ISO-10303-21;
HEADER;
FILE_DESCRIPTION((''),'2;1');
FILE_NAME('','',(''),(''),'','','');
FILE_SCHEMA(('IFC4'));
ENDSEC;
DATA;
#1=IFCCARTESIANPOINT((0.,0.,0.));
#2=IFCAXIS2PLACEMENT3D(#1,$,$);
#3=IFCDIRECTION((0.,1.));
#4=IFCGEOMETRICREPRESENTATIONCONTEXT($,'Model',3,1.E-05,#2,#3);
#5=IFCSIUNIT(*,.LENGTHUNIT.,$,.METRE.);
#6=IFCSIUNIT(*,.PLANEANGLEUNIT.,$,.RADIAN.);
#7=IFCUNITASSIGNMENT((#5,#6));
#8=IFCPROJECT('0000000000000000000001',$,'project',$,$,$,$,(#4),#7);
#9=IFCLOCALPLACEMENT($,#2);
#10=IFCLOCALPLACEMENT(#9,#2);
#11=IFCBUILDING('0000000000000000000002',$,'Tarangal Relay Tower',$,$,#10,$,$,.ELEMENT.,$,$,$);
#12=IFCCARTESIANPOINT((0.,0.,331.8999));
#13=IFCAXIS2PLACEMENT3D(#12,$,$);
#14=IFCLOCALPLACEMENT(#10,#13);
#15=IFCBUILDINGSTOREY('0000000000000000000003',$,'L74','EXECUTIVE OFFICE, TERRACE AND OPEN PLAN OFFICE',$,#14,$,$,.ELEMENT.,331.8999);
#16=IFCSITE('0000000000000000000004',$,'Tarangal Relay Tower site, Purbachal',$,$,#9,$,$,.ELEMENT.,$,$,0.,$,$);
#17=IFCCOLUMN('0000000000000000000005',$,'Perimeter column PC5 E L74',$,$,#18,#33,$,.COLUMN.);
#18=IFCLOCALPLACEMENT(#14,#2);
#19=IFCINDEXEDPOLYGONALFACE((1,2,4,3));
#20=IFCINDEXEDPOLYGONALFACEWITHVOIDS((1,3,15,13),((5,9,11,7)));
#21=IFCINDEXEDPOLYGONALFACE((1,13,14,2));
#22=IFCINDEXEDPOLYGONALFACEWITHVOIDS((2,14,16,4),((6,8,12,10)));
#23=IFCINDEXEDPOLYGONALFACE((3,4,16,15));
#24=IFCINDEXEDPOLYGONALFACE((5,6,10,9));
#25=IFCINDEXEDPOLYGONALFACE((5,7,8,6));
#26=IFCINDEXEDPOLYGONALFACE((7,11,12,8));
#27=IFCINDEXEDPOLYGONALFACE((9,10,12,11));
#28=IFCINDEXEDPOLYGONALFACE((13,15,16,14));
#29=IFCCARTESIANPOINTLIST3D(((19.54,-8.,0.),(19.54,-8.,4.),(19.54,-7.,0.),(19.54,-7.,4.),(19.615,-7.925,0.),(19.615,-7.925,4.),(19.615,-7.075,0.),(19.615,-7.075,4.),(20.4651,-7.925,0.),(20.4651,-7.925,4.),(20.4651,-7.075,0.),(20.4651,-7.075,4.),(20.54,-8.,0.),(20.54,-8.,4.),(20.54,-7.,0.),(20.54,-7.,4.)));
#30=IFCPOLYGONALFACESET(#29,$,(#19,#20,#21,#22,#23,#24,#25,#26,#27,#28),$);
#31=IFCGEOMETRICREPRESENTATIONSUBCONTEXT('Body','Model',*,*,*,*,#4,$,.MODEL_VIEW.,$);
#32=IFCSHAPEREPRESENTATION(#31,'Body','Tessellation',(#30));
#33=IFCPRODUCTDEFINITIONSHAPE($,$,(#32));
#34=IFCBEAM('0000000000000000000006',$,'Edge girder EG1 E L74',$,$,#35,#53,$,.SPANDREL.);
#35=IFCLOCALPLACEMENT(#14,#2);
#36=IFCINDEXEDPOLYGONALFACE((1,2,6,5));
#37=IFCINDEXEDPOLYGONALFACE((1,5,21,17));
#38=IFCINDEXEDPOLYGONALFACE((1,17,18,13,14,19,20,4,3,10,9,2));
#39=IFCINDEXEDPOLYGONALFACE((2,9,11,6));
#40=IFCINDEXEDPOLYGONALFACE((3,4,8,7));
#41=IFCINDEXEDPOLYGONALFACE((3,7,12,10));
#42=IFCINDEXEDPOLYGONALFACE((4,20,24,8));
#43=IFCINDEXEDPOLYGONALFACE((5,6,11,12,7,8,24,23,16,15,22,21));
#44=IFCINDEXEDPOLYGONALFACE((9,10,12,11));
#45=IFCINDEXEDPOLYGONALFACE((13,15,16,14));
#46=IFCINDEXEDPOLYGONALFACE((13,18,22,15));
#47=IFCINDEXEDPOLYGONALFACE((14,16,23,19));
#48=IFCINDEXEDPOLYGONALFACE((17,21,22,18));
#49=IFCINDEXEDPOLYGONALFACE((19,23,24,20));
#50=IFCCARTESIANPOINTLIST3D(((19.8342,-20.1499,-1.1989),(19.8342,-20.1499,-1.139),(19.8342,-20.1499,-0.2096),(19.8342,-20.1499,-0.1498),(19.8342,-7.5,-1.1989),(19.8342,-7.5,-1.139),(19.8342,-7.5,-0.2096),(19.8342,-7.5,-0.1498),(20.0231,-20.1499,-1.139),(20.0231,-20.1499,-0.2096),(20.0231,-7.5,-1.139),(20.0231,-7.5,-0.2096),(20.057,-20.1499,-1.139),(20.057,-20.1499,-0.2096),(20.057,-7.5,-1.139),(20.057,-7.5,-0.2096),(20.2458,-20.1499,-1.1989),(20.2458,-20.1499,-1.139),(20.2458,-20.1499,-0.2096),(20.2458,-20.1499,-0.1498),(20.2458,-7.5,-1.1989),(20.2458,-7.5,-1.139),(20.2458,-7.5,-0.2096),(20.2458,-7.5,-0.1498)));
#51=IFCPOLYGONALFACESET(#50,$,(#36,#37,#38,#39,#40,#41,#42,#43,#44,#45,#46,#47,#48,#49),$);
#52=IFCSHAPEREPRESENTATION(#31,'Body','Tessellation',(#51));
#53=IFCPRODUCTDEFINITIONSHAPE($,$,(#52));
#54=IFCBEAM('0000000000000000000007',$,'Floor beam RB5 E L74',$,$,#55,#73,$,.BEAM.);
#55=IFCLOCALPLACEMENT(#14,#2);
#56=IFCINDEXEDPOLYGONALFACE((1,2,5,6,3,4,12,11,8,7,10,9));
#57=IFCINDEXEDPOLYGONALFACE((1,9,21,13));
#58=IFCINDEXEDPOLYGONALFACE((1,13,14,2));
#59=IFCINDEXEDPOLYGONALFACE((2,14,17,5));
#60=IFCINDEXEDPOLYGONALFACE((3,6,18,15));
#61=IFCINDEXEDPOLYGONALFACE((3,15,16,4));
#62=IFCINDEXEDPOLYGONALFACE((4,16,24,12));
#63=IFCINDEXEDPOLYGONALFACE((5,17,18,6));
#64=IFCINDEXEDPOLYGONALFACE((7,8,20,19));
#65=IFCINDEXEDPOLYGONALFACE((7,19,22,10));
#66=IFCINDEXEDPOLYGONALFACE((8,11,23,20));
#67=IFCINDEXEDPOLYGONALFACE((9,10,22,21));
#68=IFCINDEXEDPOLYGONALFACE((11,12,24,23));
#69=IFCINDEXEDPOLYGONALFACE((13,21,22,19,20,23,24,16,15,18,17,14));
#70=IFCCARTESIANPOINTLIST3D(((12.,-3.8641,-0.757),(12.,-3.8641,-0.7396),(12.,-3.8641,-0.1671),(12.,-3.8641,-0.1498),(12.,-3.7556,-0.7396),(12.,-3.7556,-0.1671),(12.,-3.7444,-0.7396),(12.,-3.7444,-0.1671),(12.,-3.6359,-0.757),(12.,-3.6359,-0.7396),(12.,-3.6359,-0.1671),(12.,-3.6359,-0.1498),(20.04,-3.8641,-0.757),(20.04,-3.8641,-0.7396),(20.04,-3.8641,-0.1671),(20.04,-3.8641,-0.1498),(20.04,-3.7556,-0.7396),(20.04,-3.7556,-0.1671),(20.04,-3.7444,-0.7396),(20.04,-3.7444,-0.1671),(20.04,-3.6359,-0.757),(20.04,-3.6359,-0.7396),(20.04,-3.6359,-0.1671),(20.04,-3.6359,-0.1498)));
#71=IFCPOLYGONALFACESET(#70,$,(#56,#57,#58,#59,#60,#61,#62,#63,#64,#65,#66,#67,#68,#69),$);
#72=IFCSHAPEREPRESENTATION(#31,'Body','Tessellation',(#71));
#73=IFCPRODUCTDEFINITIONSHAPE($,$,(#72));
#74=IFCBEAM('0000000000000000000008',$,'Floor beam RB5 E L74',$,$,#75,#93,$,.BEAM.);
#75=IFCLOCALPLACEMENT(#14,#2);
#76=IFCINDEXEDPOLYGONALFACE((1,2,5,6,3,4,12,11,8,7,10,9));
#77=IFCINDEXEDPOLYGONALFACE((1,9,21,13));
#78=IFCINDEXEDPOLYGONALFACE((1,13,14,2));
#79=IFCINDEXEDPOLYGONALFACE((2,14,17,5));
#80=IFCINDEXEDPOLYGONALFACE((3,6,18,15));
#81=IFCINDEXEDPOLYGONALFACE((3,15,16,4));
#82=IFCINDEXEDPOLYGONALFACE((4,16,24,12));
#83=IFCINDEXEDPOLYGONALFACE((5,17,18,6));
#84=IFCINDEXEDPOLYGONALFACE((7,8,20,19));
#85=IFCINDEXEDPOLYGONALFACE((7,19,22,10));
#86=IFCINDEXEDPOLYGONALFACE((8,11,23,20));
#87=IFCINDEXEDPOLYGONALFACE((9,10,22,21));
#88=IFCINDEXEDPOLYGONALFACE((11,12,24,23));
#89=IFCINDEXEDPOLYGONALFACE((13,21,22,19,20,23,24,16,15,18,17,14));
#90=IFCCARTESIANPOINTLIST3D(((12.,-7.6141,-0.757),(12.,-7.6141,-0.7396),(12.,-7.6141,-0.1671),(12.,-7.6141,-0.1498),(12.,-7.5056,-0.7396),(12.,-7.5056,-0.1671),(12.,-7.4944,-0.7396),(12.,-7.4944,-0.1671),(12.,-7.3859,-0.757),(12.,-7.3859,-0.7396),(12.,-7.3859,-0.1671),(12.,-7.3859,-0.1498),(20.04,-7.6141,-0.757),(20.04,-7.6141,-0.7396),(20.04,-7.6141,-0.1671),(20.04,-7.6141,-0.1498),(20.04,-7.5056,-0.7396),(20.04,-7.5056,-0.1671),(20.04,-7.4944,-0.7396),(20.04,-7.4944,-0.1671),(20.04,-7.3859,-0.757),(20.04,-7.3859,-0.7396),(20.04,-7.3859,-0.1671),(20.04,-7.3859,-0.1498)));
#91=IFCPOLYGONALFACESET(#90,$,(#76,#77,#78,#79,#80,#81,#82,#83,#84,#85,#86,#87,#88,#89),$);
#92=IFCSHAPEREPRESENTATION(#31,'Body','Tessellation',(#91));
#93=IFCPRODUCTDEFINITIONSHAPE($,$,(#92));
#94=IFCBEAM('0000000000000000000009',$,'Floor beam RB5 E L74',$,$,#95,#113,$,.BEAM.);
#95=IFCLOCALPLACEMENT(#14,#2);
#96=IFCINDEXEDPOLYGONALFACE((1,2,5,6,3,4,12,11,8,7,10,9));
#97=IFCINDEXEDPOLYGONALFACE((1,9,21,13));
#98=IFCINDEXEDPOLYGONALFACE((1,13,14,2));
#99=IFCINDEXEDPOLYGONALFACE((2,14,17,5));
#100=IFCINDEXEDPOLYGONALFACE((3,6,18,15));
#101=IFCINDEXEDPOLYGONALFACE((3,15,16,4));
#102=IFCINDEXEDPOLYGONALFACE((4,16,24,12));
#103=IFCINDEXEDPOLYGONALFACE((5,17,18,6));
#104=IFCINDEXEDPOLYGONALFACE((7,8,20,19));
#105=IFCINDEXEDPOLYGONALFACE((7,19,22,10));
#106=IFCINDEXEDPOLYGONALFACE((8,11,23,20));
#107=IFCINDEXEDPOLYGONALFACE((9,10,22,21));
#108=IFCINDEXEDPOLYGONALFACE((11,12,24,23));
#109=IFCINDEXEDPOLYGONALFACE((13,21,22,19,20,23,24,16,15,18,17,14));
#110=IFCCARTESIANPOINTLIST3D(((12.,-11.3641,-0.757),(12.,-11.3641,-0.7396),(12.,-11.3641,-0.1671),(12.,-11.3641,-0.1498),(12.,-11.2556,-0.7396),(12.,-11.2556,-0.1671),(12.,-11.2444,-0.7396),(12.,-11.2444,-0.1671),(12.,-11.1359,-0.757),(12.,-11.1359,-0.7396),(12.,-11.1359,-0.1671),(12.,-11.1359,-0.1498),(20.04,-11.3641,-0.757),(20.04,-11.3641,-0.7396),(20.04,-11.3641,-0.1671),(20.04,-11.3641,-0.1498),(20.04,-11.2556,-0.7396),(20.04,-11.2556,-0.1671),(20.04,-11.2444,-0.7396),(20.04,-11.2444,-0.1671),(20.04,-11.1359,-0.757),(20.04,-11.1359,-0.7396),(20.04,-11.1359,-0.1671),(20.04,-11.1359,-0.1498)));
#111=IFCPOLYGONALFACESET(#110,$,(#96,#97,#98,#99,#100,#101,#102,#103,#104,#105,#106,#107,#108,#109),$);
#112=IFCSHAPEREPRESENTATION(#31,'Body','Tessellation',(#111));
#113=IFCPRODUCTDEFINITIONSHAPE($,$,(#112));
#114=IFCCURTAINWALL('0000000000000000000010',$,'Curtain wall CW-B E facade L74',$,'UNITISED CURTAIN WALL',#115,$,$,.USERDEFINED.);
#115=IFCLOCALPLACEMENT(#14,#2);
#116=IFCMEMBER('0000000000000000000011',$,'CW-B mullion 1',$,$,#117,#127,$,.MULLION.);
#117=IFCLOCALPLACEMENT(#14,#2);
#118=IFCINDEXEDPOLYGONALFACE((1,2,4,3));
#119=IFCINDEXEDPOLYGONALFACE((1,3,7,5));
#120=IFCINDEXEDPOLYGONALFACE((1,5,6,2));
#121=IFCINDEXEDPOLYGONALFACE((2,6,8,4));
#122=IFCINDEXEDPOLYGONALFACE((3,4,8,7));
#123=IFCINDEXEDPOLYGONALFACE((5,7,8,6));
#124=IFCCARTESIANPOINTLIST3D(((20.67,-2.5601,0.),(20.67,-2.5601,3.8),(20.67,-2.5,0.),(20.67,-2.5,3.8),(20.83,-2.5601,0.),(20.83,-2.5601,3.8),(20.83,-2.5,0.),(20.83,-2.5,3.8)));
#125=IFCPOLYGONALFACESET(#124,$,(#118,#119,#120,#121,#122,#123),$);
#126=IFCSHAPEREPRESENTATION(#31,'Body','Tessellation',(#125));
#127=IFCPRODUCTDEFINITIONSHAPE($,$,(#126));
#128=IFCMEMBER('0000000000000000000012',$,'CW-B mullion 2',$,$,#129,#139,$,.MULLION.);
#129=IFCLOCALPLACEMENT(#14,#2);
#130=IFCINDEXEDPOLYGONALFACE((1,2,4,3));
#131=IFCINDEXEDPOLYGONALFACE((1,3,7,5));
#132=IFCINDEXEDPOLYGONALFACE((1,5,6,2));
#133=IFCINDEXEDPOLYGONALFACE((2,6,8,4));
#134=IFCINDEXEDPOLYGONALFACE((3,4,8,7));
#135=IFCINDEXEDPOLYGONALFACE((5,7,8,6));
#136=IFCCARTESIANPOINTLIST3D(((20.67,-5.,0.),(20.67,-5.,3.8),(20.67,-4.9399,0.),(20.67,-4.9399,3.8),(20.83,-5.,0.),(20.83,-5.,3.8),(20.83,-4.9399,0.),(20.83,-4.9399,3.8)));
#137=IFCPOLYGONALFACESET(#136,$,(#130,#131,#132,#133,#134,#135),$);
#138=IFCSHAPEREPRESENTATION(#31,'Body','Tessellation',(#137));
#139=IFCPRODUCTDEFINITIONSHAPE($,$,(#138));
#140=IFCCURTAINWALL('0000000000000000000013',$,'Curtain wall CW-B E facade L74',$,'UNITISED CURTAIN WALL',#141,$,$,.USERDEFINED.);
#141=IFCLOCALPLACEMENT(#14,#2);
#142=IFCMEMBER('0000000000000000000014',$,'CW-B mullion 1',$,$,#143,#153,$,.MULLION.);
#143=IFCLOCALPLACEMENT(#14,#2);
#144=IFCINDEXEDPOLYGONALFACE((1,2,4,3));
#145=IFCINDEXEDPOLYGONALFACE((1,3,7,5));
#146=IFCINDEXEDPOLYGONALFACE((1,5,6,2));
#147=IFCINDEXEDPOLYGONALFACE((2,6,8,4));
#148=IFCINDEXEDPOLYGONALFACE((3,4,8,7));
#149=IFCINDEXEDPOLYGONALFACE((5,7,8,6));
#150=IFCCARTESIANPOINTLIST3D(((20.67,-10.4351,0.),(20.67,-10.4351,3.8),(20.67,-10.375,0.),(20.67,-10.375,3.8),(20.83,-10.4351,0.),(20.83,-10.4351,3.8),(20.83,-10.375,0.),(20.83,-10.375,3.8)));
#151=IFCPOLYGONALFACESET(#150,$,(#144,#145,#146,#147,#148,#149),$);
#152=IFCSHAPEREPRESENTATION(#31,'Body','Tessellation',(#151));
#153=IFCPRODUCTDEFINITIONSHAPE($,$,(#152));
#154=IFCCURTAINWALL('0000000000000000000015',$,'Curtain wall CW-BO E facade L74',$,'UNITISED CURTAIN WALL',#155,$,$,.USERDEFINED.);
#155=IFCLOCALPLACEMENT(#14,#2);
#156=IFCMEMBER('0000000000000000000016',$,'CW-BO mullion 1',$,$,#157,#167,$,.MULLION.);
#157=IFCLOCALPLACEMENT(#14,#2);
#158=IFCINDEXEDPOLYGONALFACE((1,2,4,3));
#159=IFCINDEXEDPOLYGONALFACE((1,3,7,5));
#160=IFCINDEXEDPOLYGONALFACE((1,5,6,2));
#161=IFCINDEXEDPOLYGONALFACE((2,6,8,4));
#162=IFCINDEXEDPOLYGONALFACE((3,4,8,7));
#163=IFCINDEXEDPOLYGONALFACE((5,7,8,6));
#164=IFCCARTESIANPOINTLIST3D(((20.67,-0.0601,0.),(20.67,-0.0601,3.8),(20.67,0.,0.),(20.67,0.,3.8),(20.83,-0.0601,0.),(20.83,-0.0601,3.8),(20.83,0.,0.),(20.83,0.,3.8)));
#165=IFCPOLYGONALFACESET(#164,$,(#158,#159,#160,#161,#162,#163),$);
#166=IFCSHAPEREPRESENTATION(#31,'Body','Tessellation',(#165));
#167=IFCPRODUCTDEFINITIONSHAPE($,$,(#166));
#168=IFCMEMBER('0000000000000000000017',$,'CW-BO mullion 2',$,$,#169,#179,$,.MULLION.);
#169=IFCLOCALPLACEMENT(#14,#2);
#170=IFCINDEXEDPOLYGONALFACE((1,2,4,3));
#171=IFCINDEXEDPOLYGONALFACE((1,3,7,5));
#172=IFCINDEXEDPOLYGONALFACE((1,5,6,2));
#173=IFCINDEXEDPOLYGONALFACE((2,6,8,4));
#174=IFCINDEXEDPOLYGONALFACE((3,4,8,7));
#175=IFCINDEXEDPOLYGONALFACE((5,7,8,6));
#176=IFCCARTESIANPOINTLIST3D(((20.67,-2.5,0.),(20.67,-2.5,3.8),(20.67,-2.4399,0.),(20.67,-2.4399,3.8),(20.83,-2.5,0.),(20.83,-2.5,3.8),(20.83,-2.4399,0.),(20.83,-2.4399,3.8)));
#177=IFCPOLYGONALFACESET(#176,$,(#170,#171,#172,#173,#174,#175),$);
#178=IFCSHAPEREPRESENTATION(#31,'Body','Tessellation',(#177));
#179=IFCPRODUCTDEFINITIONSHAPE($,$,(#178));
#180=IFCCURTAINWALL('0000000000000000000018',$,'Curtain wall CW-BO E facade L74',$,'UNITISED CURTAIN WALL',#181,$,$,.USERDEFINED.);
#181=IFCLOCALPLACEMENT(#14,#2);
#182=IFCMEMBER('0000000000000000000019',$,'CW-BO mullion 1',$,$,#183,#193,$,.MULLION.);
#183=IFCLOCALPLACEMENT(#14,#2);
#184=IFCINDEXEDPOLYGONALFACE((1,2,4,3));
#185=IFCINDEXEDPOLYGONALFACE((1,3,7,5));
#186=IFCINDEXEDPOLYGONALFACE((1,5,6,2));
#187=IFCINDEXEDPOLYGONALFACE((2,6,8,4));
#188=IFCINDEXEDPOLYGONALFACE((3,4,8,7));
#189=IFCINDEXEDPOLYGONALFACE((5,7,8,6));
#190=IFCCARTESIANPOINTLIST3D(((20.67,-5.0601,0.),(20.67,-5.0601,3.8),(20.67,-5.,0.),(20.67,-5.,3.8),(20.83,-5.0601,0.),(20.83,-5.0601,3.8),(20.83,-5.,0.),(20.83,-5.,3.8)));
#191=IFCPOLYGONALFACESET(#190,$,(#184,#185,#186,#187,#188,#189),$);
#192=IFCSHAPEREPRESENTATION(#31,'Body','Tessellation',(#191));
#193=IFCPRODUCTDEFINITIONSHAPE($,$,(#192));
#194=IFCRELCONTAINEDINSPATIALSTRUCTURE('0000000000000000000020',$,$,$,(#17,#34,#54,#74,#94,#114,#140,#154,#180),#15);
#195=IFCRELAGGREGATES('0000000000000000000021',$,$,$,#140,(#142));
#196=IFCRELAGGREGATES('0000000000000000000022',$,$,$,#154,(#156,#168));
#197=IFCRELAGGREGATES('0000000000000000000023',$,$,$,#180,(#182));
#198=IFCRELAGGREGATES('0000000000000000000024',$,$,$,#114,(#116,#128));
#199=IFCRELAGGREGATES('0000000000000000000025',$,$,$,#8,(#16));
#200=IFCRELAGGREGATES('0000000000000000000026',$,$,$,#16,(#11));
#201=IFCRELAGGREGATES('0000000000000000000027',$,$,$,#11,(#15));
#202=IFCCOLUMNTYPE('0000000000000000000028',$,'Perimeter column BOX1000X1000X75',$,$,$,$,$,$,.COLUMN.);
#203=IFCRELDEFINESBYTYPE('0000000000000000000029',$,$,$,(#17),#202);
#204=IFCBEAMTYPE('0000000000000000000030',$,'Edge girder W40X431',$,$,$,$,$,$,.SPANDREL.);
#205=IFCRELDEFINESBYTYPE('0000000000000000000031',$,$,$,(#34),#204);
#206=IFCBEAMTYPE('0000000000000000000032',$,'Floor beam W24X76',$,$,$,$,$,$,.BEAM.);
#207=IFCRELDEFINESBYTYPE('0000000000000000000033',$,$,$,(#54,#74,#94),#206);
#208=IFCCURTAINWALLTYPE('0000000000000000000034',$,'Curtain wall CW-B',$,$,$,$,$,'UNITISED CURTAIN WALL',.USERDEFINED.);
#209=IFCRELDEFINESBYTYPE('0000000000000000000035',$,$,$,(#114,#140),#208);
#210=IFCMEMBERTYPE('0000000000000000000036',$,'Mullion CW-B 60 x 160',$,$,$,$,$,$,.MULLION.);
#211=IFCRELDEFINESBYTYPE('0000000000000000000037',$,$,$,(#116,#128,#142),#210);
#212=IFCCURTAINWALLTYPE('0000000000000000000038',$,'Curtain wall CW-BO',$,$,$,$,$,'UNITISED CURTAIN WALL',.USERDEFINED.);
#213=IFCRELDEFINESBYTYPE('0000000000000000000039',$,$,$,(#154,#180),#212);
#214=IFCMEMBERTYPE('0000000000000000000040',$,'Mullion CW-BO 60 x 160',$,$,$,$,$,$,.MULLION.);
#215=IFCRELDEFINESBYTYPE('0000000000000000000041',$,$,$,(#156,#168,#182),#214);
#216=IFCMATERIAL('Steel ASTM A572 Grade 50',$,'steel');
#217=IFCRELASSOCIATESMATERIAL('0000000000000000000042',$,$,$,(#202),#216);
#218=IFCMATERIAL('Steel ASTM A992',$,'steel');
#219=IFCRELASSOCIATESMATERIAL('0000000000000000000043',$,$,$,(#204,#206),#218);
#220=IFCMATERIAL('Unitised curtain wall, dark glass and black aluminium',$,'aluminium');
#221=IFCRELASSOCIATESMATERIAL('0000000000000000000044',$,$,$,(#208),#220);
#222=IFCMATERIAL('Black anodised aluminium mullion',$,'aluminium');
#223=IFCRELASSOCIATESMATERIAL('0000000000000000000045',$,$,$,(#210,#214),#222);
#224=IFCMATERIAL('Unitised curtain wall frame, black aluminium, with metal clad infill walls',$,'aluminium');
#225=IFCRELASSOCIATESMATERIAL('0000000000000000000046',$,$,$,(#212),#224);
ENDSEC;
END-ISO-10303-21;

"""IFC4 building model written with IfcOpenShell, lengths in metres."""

from ifc_helpers import new_model, si_unit, direction, frame, origin, origin_2d, place, context, subcontext, project, spatial, rectangle, hollow_rectangle, i_section, extrude, material, material_profile, profile_set, type_object, element, aggregate, save


model = new_model("IFC4")

# Units and contexts
model_context = context("Model", 3, precision=1e-05, world=origin(), true_north=direction((0.0, 1.0)))
body_context = subcontext(model_context, "Body", "Model", "MODEL_VIEW")
ifc_project = project(units=[si_unit("LENGTHUNIT", "METRE"), si_unit("PLANEANGLEUNIT", "RADIAN")], contexts=[model_context])

# Site, building, storey
site_placement = place(None, origin())
site = spatial("IfcSite", under=ifc_project, at=site_placement, Name="Tarangal Relay Tower site, Purbachal", CompositionType="ELEMENT", RefElevation=0.0)
building_placement = place(site_placement, origin())
building = spatial("IfcBuilding", under=site, at=building_placement, Name="Tarangal Relay Tower", CompositionType="ELEMENT")
storey_placement = place(building_placement, frame((0.0, 0.0, 331.8999)))
storey = spatial("IfcBuildingStorey", under=building, at=storey_placement, Name="L74", Description="EXECUTIVE OFFICE, TERRACE AND OPEN PLAN OFFICE", CompositionType="ELEMENT", Elevation=331.8999)

# Column
ifc_material_1 = material(Name="Steel ASTM A572 Grade 50", Category="steel")
ifc_material_profile_1 = material_profile(ifc_material_1, hollow_rectangle(XDim=1.0, YDim=1.0, WallThickness=0.075, at=origin_2d()), Name="BOX1000X1000X75")
ifc_profile_set_1 = profile_set([ifc_material_profile_1], Name="Steel ASTM A572 Grade 50")
column_type = type_object("IfcColumnType", Name="Perimeter column BOX1000X1000X75", PredefinedType="COLUMN", material=ifc_profile_set_1)
column_placement = place(storey_placement, frame((20.04, -7.5, 0.0), z_axis=(0.0, 0.0, 1.0), x_axis=(1.0, 0.0, 0.0)))
element("IfcColumn", 1, at=column_placement, inside=storey, type_object=column_type, Name="Perimeter column PC5 E L74", PredefinedType="COLUMN", context=body_context, shape_type="SweptSolid", body=[
    extrude(hollow_rectangle(XDim=1.0, YDim=1.0, WallThickness=0.075, at=origin_2d()), origin(), (0.0, 0.0, 1.0), 4.0),
])

# Beams
ifc_material_2 = material(Name="Steel ASTM A992", Category="steel")
ifc_material_profile_2 = material_profile(ifc_material_2, i_section(OverallWidth=0.4116, OverallDepth=1.0491, WebThickness=0.0339, FlangeThickness=0.0598, at=origin_2d()), Name="W40X431")
ifc_profile_set_2 = profile_set([ifc_material_profile_2], Name="Steel ASTM A992")
beam_type_1 = type_object("IfcBeamType", Name="Edge girder W40X431", PredefinedType="SPANDREL", material=ifc_profile_set_2)
beam_placement = place(storey_placement, frame((20.04, -7.5, -0.6743), z_axis=(0.0, -1.0, 0.0), x_axis=(1.0, 0.0, 0.0)))
element("IfcBeam", 2, at=beam_placement, inside=storey, type_object=beam_type_1, Name="Edge girder EG1 E L74", PredefinedType="SPANDREL", context=body_context, shape_type="SweptSolid", body=[
    extrude(i_section(OverallWidth=0.4116, OverallDepth=1.0491, WebThickness=0.0339, FlangeThickness=0.0598, at=origin_2d()), origin(), (0.0, 0.0, 1.0), 12.6499),
])
ifc_material_profile_3 = material_profile(ifc_material_2, i_section(OverallWidth=0.2283, OverallDepth=0.6072, WebThickness=0.0112, FlangeThickness=0.0173, at=origin_2d()), Name="W24X76")
ifc_profile_set_3 = profile_set([ifc_material_profile_3], Name="Steel ASTM A992")
beam_type_2 = type_object("IfcBeamType", Name="Floor beam W24X76", PredefinedType="BEAM", material=ifc_profile_set_3)
for number, where, z_axis, x_axis, name in (
    (3, (12.0, -3.75, -0.4534), (1.0, 0.0, 0.0), (0.0, 1.0, 0.0), "Floor beam RB5 E L74"),
    (4, (12.0, -7.5, -0.4534), (1.0, 0.0, 0.0), (0.0, 1.0, 0.0), "Floor beam RB5 E L74"),
    (5, (12.0, -11.25, -0.4534), (1.0, 0.0, 0.0), (0.0, 1.0, 0.0), "Floor beam RB5 E L74"),
):
    element("IfcBeam", number, at=place(storey_placement, frame(where, z_axis=z_axis, x_axis=x_axis)), inside=storey, type_object=beam_type_2, Name=name, PredefinedType="BEAM", context=body_context, shape_type="SweptSolid", body=[
        extrude(i_section(OverallWidth=0.2283, OverallDepth=0.6072, WebThickness=0.0112, FlangeThickness=0.0173, at=origin_2d()), origin(), (0.0, 0.0, 1.0), 8.04),
    ])

# Curtain wall, members
ifc_material_3 = material(Name="Unitised curtain wall, dark glass and black aluminium", Category="aluminium")
curtain_wall_type_1 = type_object("IfcCurtainWallType", Name="Curtain wall CW-B", ElementType="UNITISED CURTAIN WALL", PredefinedType="USERDEFINED", material=ifc_material_3)
curtain_wall_1_placement = place(storey_placement, origin())
curtain_wall_1 = element("IfcCurtainWall", 6, at=curtain_wall_1_placement, inside=storey, type_object=curtain_wall_type_1, Name="Curtain wall CW-B E facade L74", ObjectType="UNITISED CURTAIN WALL", PredefinedType="USERDEFINED")
ifc_material_4 = material(Name="Black anodised aluminium mullion", Category="aluminium")
ifc_material_profile_4 = material_profile(ifc_material_4, rectangle(XDim=0.1599, YDim=0.0601, at=origin_2d()), Name="CW-BM 60X160")
ifc_profile_set_4 = profile_set([ifc_material_profile_4], Name="Black anodised aluminium mullion")
member_type_1 = type_object("IfcMemberType", Name="Mullion CW-B 60 x 160", PredefinedType="MULLION", material=ifc_profile_set_4)
member_1_placement = place(storey_placement, frame((20.75, -2.53, 0.0), z_axis=(0.0, 0.0, 1.0), x_axis=(1.0, 0.0, 0.0)))
member_1 = element("IfcMember", 7, at=member_1_placement, type_object=member_type_1, Name="CW-B mullion 1", PredefinedType="MULLION", context=body_context, shape_type="SweptSolid", body=[
    extrude(rectangle(XDim=0.1599, YDim=0.0601, at=origin_2d()), origin(), (0.0, 0.0, 1.0), 3.8),
])
member_2_placement = place(storey_placement, frame((20.75, -4.97, 0.0), z_axis=(0.0, 0.0, 1.0), x_axis=(1.0, 0.0, 0.0)))
member_2 = element("IfcMember", 8, at=member_2_placement, type_object=member_type_1, Name="CW-B mullion 2", PredefinedType="MULLION", context=body_context, shape_type="SweptSolid", body=[
    extrude(rectangle(XDim=0.1599, YDim=0.0601, at=origin_2d()), origin(), (0.0, 0.0, 1.0), 3.8),
])

# Curtain wall, member
curtain_wall_2_placement = place(storey_placement, origin())
curtain_wall_2 = element("IfcCurtainWall", 9, at=curtain_wall_2_placement, inside=storey, type_object=curtain_wall_type_1, Name="Curtain wall CW-B E facade L74", ObjectType="UNITISED CURTAIN WALL", PredefinedType="USERDEFINED")
member_3_placement = place(storey_placement, frame((20.75, -10.405, 0.0), z_axis=(0.0, 0.0, 1.0), x_axis=(1.0, 0.0, 0.0)))
member_3 = element("IfcMember", 10, at=member_3_placement, type_object=member_type_1, Name="CW-B mullion 1", PredefinedType="MULLION", context=body_context, shape_type="SweptSolid", body=[
    extrude(rectangle(XDim=0.1599, YDim=0.0601, at=origin_2d()), origin(), (0.0, 0.0, 1.0), 3.8),
])

# Curtain walls, members
ifc_material_5 = material(Name="Unitised curtain wall frame, black aluminium, with metal clad infill walls", Category="aluminium")
curtain_wall_type_2 = type_object("IfcCurtainWallType", Name="Curtain wall CW-BO", ElementType="UNITISED CURTAIN WALL", PredefinedType="USERDEFINED", material=ifc_material_5)
curtain_wall_3_placement = place(storey_placement, origin())
curtain_wall_3 = element("IfcCurtainWall", 11, at=curtain_wall_3_placement, inside=storey, type_object=curtain_wall_type_2, Name="Curtain wall CW-BO E facade L74", ObjectType="UNITISED CURTAIN WALL", PredefinedType="USERDEFINED")
ifc_material_profile_5 = material_profile(ifc_material_4, rectangle(XDim=0.1599, YDim=0.0601, at=origin_2d()), Name="CW-BOM 60X160")
ifc_profile_set_5 = profile_set([ifc_material_profile_5], Name="Black anodised aluminium mullion")
member_type_2 = type_object("IfcMemberType", Name="Mullion CW-BO 60 x 160", PredefinedType="MULLION", material=ifc_profile_set_5)
member_4_placement = place(storey_placement, frame((20.75, -0.03, 0.0), z_axis=(0.0, 0.0, 1.0), x_axis=(1.0, 0.0, 0.0)))
member_4 = element("IfcMember", 12, at=member_4_placement, type_object=member_type_2, Name="CW-BO mullion 1", PredefinedType="MULLION", context=body_context, shape_type="SweptSolid", body=[
    extrude(rectangle(XDim=0.1599, YDim=0.0601, at=origin_2d()), origin(), (0.0, 0.0, 1.0), 3.8),
])
member_5_placement = place(storey_placement, frame((20.75, -2.47, 0.0), z_axis=(0.0, 0.0, 1.0), x_axis=(1.0, 0.0, 0.0)))
member_5 = element("IfcMember", 13, at=member_5_placement, type_object=member_type_2, Name="CW-BO mullion 2", PredefinedType="MULLION", context=body_context, shape_type="SweptSolid", body=[
    extrude(rectangle(XDim=0.1599, YDim=0.0601, at=origin_2d()), origin(), (0.0, 0.0, 1.0), 3.8),
])
curtain_wall_4_placement = place(storey_placement, origin())
curtain_wall_4 = element("IfcCurtainWall", 14, at=curtain_wall_4_placement, inside=storey, type_object=curtain_wall_type_2, Name="Curtain wall CW-BO E facade L74", ObjectType="UNITISED CURTAIN WALL", PredefinedType="USERDEFINED")
member_6_placement = place(storey_placement, frame((20.75, -5.03, 0.0), z_axis=(0.0, 0.0, 1.0), x_axis=(1.0, 0.0, 0.0)))
member_6 = element("IfcMember", 15, at=member_6_placement, type_object=member_type_2, Name="CW-BO mullion 1", PredefinedType="MULLION", context=body_context, shape_type="SweptSolid", body=[
    extrude(rectangle(XDim=0.1599, YDim=0.0601, at=origin_2d()), origin(), (0.0, 0.0, 1.0), 3.8),
])

aggregate(curtain_wall_2, [member_3])
aggregate(curtain_wall_3, [member_4, member_5])
aggregate(curtain_wall_4, [member_6])

aggregate(curtain_wall_1, [member_1, member_2])

save(model, "model.ifc")
